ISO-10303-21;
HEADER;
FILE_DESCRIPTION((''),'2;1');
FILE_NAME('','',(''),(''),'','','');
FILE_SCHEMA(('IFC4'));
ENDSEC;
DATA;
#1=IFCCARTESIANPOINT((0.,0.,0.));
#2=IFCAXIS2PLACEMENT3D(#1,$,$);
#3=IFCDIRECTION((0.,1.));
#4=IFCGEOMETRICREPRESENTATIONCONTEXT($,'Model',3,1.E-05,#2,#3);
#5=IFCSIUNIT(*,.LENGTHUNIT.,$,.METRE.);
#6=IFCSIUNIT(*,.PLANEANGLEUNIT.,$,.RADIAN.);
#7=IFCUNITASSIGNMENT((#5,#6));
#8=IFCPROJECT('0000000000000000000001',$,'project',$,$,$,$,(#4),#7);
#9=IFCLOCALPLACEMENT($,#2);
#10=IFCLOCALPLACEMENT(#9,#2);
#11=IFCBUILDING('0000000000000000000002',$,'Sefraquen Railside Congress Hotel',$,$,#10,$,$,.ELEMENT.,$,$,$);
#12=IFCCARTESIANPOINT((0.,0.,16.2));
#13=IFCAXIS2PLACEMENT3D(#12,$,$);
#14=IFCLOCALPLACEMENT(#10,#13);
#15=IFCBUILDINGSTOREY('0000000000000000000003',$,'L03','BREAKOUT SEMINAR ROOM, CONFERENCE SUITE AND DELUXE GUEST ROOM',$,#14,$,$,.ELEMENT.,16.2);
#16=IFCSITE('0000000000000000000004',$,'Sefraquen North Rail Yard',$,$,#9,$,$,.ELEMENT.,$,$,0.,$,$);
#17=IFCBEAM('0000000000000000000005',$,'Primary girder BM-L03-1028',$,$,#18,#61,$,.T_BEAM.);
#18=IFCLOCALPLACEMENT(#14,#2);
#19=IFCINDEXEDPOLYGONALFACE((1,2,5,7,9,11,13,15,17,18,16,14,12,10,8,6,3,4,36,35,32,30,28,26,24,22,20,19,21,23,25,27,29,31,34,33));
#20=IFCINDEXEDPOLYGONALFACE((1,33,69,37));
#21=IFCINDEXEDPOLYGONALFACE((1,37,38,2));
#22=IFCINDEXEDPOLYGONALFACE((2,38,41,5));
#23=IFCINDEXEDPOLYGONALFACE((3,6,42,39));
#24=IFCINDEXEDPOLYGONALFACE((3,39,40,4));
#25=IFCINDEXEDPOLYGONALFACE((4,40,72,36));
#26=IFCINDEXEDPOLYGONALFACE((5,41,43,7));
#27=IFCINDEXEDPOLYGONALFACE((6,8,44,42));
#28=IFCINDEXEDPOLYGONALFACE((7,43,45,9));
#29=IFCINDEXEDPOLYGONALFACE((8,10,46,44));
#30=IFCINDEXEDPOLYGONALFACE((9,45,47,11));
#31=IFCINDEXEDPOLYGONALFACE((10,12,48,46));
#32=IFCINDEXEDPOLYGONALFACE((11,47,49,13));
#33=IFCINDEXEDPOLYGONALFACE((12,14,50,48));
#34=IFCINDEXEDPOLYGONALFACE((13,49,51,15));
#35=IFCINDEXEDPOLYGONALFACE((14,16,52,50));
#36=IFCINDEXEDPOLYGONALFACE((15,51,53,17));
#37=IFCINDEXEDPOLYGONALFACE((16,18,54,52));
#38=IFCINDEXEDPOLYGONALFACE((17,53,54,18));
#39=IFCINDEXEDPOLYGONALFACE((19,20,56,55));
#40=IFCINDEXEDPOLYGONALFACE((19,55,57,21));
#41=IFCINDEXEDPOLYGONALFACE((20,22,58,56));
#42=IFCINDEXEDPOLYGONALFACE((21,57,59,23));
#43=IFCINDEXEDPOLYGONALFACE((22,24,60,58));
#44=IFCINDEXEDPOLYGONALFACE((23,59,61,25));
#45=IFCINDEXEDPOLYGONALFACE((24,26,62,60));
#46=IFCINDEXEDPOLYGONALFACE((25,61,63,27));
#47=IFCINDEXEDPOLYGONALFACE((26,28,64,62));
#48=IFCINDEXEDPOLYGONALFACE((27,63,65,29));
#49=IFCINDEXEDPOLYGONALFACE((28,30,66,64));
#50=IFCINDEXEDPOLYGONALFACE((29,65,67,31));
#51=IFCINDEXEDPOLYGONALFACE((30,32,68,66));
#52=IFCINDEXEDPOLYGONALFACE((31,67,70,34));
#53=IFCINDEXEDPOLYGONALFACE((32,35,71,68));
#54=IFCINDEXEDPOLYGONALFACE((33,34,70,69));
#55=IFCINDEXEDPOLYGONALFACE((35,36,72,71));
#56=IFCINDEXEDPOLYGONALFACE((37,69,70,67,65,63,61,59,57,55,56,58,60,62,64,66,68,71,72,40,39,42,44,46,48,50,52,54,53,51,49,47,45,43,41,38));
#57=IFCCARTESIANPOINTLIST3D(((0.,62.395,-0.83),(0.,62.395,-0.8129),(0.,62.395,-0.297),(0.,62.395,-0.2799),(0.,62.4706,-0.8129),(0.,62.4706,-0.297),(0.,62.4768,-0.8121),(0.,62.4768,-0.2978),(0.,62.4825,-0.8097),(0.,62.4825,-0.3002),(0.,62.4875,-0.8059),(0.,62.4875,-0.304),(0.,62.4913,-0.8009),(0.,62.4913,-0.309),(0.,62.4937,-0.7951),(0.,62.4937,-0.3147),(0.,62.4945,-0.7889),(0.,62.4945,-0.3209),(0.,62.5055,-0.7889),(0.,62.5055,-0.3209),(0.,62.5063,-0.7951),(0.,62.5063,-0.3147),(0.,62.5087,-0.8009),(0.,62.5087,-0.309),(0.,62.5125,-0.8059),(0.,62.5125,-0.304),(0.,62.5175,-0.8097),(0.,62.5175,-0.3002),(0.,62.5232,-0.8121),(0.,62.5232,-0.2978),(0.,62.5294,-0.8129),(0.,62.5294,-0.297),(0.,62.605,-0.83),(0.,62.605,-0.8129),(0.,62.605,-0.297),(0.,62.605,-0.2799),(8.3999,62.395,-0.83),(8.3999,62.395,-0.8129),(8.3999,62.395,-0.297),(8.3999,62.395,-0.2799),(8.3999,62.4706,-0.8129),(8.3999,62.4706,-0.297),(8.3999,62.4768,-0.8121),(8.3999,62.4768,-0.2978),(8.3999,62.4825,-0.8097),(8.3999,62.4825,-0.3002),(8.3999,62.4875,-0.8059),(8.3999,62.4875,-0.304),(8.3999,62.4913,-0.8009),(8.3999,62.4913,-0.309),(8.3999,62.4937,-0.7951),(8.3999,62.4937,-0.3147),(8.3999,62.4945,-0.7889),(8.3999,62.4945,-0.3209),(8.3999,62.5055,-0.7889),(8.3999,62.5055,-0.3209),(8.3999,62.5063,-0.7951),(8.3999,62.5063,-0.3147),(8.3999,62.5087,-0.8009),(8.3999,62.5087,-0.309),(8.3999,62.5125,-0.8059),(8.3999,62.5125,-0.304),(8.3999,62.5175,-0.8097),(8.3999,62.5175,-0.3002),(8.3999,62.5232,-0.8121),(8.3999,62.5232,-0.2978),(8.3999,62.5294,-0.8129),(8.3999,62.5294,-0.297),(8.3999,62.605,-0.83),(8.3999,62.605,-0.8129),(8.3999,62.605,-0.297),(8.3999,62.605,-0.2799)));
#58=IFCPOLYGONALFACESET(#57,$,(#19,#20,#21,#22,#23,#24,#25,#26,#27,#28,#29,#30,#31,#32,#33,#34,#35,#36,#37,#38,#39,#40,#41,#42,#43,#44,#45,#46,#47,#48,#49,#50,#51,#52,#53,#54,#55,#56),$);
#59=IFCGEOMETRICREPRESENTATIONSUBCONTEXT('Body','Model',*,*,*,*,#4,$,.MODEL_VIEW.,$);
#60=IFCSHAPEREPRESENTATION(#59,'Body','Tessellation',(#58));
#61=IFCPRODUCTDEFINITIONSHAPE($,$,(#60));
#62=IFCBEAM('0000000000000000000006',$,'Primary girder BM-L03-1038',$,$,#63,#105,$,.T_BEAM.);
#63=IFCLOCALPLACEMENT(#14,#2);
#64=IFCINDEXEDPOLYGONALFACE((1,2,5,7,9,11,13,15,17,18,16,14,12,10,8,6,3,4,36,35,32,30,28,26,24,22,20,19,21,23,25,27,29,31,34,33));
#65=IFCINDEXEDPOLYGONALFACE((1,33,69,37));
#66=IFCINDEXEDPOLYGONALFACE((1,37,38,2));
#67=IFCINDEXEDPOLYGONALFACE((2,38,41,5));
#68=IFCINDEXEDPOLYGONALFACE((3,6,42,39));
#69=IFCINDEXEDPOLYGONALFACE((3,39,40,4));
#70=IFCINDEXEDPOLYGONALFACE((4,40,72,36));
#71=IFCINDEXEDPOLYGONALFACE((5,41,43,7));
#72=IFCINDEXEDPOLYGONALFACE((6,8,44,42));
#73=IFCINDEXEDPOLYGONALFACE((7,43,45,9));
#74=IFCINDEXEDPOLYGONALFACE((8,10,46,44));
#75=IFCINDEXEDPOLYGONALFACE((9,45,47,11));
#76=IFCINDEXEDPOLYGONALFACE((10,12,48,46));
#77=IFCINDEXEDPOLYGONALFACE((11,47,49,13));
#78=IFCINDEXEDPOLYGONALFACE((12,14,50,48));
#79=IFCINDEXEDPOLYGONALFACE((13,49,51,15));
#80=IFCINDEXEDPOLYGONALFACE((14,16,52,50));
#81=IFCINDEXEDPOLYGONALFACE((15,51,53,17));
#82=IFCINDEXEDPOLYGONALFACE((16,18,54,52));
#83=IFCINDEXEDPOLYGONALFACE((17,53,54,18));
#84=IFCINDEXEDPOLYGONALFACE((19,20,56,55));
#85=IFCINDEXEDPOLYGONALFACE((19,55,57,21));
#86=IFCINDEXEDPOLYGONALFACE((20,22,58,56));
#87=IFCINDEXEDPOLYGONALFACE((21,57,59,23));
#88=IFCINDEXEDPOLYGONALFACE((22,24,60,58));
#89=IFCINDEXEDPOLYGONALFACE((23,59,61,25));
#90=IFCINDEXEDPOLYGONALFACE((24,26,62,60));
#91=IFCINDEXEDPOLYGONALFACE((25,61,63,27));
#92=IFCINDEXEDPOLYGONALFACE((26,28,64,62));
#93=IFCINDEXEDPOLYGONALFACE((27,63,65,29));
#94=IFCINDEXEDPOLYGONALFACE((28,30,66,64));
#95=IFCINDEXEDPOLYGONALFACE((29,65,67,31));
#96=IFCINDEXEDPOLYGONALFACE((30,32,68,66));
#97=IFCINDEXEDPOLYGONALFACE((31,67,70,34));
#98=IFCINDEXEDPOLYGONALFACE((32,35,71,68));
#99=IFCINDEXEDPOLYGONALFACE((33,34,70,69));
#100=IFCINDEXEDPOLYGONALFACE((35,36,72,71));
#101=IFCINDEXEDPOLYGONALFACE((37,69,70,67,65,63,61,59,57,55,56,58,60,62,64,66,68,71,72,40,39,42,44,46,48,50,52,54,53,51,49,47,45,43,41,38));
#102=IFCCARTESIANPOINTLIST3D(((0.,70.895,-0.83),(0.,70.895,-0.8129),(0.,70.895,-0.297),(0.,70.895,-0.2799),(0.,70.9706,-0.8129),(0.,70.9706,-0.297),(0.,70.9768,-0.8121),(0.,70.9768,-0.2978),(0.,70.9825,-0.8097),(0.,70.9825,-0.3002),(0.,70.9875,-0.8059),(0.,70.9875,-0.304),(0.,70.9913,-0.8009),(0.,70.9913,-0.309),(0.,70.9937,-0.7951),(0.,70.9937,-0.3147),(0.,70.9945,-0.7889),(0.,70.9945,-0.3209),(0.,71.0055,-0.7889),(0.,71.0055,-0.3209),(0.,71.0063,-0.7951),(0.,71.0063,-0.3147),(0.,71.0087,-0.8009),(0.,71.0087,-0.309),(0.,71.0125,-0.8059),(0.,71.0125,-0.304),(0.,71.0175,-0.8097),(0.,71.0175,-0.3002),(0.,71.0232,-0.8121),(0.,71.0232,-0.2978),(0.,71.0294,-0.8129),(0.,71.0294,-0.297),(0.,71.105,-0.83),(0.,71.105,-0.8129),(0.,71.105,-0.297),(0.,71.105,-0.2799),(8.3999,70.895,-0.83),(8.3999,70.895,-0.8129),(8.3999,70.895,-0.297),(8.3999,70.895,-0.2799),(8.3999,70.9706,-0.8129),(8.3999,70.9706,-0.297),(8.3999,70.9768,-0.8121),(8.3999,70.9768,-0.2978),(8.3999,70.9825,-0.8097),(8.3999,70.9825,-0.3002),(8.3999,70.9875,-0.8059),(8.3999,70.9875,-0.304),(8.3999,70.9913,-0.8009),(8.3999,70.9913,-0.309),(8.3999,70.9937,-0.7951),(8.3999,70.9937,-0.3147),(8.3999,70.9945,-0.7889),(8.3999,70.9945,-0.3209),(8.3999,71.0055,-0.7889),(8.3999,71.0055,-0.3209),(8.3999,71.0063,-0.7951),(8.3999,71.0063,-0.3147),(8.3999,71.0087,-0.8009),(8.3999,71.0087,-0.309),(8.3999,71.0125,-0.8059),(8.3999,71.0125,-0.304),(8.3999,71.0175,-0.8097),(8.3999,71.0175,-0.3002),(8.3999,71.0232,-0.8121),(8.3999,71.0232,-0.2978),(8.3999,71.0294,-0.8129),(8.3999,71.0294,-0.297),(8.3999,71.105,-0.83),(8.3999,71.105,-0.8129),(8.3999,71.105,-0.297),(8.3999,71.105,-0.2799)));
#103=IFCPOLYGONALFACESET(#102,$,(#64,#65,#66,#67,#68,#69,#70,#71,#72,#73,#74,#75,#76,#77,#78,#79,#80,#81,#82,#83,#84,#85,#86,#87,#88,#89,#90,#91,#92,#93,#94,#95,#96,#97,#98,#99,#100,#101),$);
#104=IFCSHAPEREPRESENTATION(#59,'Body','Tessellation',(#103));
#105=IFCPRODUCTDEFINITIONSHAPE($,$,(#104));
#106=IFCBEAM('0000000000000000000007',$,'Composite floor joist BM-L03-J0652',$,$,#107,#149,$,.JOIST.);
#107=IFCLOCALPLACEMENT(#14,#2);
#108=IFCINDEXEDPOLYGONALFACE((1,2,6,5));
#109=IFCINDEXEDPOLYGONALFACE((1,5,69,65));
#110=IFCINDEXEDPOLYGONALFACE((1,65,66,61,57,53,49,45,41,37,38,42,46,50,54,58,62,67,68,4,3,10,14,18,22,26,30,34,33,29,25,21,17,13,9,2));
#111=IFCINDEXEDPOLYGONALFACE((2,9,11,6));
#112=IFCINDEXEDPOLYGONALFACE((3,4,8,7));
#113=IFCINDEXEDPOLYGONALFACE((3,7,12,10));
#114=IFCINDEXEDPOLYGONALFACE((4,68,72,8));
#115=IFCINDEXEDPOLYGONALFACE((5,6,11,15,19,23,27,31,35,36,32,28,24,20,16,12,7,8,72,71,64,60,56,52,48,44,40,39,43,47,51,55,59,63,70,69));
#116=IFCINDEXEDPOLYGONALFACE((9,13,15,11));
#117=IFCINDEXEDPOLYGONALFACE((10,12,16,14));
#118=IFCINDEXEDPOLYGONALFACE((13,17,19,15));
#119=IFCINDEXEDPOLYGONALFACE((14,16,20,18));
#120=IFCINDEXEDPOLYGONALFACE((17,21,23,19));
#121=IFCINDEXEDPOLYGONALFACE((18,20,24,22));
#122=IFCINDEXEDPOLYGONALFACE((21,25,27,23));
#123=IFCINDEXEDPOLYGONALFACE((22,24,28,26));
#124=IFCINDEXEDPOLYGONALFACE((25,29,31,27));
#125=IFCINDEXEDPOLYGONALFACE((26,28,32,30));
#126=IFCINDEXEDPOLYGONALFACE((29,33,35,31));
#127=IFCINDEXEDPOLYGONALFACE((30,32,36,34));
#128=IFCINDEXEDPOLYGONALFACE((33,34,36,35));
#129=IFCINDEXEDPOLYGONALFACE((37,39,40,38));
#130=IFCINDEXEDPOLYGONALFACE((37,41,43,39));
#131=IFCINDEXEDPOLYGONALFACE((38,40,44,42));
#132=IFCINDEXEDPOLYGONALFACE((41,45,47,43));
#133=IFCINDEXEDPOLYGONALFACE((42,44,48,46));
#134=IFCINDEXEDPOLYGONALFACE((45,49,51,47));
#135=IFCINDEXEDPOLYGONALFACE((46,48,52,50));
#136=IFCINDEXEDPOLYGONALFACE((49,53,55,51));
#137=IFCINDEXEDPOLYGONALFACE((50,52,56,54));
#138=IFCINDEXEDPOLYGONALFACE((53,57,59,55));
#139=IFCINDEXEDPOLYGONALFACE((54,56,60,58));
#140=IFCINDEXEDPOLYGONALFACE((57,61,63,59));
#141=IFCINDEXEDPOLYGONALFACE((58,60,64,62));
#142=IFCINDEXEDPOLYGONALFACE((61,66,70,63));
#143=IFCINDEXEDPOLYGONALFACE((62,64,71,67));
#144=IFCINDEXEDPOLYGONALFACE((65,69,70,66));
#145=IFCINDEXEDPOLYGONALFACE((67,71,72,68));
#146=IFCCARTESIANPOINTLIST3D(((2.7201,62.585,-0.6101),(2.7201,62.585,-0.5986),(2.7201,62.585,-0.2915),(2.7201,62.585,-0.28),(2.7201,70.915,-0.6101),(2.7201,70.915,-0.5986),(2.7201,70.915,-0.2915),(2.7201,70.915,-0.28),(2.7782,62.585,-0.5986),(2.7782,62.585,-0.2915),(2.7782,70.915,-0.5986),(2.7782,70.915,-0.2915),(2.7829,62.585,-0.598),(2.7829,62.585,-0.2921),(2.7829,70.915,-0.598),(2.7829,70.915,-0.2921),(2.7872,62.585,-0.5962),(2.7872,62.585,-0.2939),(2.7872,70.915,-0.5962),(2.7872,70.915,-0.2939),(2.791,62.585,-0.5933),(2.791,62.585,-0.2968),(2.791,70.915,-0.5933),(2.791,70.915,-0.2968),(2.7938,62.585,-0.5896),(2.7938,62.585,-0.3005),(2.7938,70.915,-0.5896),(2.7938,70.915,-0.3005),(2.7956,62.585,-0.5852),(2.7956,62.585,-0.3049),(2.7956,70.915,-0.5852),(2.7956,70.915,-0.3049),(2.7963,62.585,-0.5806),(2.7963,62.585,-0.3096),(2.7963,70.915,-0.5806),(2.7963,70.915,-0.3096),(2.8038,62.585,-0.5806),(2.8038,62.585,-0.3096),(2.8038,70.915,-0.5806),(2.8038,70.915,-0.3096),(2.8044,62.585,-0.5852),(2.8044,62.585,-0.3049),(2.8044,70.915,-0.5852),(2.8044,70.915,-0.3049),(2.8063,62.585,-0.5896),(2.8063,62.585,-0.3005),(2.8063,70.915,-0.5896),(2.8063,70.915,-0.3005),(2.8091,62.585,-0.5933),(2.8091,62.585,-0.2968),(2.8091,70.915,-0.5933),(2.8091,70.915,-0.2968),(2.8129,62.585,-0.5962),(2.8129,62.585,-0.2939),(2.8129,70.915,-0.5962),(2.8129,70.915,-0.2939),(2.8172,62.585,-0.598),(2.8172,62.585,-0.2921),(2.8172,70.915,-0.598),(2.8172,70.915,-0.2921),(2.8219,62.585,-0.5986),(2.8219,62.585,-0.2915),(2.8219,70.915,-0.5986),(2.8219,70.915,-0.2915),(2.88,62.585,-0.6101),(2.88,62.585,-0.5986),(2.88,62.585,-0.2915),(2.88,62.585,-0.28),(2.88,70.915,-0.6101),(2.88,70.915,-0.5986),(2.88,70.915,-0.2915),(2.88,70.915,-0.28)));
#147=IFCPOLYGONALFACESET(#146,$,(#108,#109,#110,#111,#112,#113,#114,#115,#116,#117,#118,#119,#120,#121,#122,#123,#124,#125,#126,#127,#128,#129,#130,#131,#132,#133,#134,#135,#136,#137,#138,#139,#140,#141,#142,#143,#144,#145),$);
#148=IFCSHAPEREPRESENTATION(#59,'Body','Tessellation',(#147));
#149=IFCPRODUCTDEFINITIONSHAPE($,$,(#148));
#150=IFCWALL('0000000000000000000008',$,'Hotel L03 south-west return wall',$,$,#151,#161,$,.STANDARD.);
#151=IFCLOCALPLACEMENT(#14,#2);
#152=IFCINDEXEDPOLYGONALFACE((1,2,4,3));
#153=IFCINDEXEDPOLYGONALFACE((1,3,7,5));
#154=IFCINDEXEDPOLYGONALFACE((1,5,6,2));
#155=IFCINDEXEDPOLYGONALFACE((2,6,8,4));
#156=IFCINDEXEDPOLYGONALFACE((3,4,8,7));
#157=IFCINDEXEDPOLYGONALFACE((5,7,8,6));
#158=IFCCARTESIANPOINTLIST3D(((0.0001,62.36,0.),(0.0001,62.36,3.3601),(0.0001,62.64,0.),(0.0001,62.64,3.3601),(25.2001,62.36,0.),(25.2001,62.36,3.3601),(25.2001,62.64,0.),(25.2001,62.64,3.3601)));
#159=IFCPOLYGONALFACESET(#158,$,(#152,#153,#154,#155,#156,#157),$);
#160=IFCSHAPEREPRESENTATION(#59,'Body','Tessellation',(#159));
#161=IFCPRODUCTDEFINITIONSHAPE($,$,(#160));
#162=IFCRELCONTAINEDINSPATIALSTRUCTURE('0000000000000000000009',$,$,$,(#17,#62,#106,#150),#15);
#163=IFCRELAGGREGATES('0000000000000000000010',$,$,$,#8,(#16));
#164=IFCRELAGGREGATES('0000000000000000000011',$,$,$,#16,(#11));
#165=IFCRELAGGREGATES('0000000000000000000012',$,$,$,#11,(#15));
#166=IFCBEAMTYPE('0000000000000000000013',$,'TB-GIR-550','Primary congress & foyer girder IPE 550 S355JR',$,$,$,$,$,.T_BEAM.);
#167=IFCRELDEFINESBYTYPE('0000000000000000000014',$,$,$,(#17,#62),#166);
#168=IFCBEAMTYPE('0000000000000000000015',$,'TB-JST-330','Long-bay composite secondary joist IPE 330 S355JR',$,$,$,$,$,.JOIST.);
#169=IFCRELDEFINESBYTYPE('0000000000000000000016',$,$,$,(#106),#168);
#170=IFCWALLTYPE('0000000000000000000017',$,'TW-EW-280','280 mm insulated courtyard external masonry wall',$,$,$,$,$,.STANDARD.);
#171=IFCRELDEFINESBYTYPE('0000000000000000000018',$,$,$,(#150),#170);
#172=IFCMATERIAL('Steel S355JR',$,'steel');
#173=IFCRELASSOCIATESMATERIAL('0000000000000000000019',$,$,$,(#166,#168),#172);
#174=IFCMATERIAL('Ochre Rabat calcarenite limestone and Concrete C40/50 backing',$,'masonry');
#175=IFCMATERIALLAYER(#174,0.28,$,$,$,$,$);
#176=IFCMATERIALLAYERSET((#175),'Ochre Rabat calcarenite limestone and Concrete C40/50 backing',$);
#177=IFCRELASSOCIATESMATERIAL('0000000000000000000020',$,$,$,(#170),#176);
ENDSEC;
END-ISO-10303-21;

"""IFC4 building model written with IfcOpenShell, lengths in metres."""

from ifc_helpers import new_model, si_unit, direction, frame, frame_2d, origin, origin_2d, place, context, subcontext, project, spatial, rectangle, i_section, extrude, material, layer, layer_set, material_profile, profile_set, type_object, element, save


model = new_model("IFC4")

# Units and contexts
model_context = context("Model", 3, precision=1e-05, world=origin(), true_north=direction((0.0, 1.0)))
body_context = subcontext(model_context, "Body", "Model", "MODEL_VIEW")
ifc_project = project(units=[si_unit("LENGTHUNIT", "METRE"), si_unit("PLANEANGLEUNIT", "RADIAN")], contexts=[model_context])

# Site, building, storey
site_placement = place(None, origin())
site = spatial("IfcSite", under=ifc_project, at=site_placement, Name="Sefraquen North Rail Yard", CompositionType="ELEMENT", RefElevation=0.0)
building_placement = place(site_placement, origin())
building = spatial("IfcBuilding", under=site, at=building_placement, Name="Sefraquen Railside Congress Hotel", CompositionType="ELEMENT")
storey_placement = place(building_placement, frame((0.0, 0.0, 16.2)))
storey = spatial("IfcBuildingStorey", under=building, at=storey_placement, Name="L03", Description="BREAKOUT SEMINAR ROOM, CONFERENCE SUITE AND DELUXE GUEST ROOM", CompositionType="ELEMENT", Elevation=16.2)

# Shared definitions
ifc_material_1 = material(Name="Steel S355JR", Category="steel")

# Beams
ifc_material_profile_1 = material_profile(ifc_material_1, i_section(OverallWidth=0.21, OverallDepth=0.55, WebThickness=0.011, FlangeThickness=0.0171, FilletRadius=0.0239, at=origin_2d()), Name="IPE 550")
ifc_profile_set_1 = profile_set([ifc_material_profile_1], Name="Steel S355JR")
beam_type_1 = type_object("IfcBeamType", Name="TB-GIR-550", Description="Primary congress & foyer girder IPE 550 S355JR", PredefinedType="T_BEAM", material=ifc_profile_set_1)
for number, where, z_axis, x_axis, name in (
    (1, (0.0, 62.5, -0.5549), (1.0, 0.0, 0.0), (0.0, 1.0, 0.0), "Primary girder BM-L03-1028"),
    (2, (0.0, 71.0, -0.5549), (1.0, 0.0, 0.0), (0.0, 1.0, 0.0), "Primary girder BM-L03-1038"),
):
    element("IfcBeam", number, at=place(storey_placement, frame(where, z_axis=z_axis, x_axis=x_axis)), inside=storey, type_object=beam_type_1, Name=name, PredefinedType="T_BEAM", context=body_context, shape_type="SweptSolid", body=[
        extrude(i_section(OverallWidth=0.21, OverallDepth=0.55, WebThickness=0.011, FlangeThickness=0.0171, FilletRadius=0.0239, at=origin_2d()), origin(), (0.0, 0.0, 1.0), 8.3999),
    ])
ifc_material_profile_2 = material_profile(ifc_material_1, i_section(OverallWidth=0.1599, OverallDepth=0.3301, WebThickness=0.0076, FlangeThickness=0.0115, FilletRadius=0.0181, at=origin_2d()), Name="IPE 330")
ifc_profile_set_2 = profile_set([ifc_material_profile_2], Name="Steel S355JR")
beam_type_2 = type_object("IfcBeamType", Name="TB-JST-330", Description="Long-bay composite secondary joist IPE 330 S355JR", PredefinedType="JOIST", material=ifc_profile_set_2)
beam_placement = place(storey_placement, frame((2.8, 62.585, -0.4451), z_axis=(0.0, 1.0, 0.0), x_axis=(-1.0, 0.0, 0.0)))
element("IfcBeam", 3, at=beam_placement, inside=storey, type_object=beam_type_2, Name="Composite floor joist BM-L03-J0652", PredefinedType="JOIST", context=body_context, shape_type="SweptSolid", body=[
    extrude(i_section(OverallWidth=0.1599, OverallDepth=0.3301, WebThickness=0.0076, FlangeThickness=0.0115, FilletRadius=0.0181, at=origin_2d()), origin(), (0.0, 0.0, 1.0), 8.3301),
])

# Wall
ifc_material_2 = material(Name="Ochre Rabat calcarenite limestone and Concrete C40/50 backing", Category="masonry")
ifc_layer_1 = layer(ifc_material_2, 0.28)
ifc_layer_set_1 = layer_set([ifc_layer_1], Name="Ochre Rabat calcarenite limestone and Concrete C40/50 backing")
wall_type_1 = type_object("IfcWallType", Name="TW-EW-280", Description="280 mm insulated courtyard external masonry wall", PredefinedType="STANDARD", material=ifc_layer_set_1)
wall_1_placement = place(storey_placement, frame((0.0, 62.5, 0.0), z_axis=(0.0, 0.0, 1.0), x_axis=(1.0, 0.0, 0.0)))
element("IfcWall", 4, at=wall_1_placement, inside=storey, type_object=wall_type_1, Name="Hotel L03 south-west return wall", PredefinedType="STANDARD", context=body_context, shape_type="SweptSolid", body=[
    extrude(rectangle(XDim=25.2, YDim=0.28, at=frame_2d((12.6001, 0.0))), origin(), (0.0, 0.0, 1.0), 3.3601),
])

save(model, "model.ifc")
